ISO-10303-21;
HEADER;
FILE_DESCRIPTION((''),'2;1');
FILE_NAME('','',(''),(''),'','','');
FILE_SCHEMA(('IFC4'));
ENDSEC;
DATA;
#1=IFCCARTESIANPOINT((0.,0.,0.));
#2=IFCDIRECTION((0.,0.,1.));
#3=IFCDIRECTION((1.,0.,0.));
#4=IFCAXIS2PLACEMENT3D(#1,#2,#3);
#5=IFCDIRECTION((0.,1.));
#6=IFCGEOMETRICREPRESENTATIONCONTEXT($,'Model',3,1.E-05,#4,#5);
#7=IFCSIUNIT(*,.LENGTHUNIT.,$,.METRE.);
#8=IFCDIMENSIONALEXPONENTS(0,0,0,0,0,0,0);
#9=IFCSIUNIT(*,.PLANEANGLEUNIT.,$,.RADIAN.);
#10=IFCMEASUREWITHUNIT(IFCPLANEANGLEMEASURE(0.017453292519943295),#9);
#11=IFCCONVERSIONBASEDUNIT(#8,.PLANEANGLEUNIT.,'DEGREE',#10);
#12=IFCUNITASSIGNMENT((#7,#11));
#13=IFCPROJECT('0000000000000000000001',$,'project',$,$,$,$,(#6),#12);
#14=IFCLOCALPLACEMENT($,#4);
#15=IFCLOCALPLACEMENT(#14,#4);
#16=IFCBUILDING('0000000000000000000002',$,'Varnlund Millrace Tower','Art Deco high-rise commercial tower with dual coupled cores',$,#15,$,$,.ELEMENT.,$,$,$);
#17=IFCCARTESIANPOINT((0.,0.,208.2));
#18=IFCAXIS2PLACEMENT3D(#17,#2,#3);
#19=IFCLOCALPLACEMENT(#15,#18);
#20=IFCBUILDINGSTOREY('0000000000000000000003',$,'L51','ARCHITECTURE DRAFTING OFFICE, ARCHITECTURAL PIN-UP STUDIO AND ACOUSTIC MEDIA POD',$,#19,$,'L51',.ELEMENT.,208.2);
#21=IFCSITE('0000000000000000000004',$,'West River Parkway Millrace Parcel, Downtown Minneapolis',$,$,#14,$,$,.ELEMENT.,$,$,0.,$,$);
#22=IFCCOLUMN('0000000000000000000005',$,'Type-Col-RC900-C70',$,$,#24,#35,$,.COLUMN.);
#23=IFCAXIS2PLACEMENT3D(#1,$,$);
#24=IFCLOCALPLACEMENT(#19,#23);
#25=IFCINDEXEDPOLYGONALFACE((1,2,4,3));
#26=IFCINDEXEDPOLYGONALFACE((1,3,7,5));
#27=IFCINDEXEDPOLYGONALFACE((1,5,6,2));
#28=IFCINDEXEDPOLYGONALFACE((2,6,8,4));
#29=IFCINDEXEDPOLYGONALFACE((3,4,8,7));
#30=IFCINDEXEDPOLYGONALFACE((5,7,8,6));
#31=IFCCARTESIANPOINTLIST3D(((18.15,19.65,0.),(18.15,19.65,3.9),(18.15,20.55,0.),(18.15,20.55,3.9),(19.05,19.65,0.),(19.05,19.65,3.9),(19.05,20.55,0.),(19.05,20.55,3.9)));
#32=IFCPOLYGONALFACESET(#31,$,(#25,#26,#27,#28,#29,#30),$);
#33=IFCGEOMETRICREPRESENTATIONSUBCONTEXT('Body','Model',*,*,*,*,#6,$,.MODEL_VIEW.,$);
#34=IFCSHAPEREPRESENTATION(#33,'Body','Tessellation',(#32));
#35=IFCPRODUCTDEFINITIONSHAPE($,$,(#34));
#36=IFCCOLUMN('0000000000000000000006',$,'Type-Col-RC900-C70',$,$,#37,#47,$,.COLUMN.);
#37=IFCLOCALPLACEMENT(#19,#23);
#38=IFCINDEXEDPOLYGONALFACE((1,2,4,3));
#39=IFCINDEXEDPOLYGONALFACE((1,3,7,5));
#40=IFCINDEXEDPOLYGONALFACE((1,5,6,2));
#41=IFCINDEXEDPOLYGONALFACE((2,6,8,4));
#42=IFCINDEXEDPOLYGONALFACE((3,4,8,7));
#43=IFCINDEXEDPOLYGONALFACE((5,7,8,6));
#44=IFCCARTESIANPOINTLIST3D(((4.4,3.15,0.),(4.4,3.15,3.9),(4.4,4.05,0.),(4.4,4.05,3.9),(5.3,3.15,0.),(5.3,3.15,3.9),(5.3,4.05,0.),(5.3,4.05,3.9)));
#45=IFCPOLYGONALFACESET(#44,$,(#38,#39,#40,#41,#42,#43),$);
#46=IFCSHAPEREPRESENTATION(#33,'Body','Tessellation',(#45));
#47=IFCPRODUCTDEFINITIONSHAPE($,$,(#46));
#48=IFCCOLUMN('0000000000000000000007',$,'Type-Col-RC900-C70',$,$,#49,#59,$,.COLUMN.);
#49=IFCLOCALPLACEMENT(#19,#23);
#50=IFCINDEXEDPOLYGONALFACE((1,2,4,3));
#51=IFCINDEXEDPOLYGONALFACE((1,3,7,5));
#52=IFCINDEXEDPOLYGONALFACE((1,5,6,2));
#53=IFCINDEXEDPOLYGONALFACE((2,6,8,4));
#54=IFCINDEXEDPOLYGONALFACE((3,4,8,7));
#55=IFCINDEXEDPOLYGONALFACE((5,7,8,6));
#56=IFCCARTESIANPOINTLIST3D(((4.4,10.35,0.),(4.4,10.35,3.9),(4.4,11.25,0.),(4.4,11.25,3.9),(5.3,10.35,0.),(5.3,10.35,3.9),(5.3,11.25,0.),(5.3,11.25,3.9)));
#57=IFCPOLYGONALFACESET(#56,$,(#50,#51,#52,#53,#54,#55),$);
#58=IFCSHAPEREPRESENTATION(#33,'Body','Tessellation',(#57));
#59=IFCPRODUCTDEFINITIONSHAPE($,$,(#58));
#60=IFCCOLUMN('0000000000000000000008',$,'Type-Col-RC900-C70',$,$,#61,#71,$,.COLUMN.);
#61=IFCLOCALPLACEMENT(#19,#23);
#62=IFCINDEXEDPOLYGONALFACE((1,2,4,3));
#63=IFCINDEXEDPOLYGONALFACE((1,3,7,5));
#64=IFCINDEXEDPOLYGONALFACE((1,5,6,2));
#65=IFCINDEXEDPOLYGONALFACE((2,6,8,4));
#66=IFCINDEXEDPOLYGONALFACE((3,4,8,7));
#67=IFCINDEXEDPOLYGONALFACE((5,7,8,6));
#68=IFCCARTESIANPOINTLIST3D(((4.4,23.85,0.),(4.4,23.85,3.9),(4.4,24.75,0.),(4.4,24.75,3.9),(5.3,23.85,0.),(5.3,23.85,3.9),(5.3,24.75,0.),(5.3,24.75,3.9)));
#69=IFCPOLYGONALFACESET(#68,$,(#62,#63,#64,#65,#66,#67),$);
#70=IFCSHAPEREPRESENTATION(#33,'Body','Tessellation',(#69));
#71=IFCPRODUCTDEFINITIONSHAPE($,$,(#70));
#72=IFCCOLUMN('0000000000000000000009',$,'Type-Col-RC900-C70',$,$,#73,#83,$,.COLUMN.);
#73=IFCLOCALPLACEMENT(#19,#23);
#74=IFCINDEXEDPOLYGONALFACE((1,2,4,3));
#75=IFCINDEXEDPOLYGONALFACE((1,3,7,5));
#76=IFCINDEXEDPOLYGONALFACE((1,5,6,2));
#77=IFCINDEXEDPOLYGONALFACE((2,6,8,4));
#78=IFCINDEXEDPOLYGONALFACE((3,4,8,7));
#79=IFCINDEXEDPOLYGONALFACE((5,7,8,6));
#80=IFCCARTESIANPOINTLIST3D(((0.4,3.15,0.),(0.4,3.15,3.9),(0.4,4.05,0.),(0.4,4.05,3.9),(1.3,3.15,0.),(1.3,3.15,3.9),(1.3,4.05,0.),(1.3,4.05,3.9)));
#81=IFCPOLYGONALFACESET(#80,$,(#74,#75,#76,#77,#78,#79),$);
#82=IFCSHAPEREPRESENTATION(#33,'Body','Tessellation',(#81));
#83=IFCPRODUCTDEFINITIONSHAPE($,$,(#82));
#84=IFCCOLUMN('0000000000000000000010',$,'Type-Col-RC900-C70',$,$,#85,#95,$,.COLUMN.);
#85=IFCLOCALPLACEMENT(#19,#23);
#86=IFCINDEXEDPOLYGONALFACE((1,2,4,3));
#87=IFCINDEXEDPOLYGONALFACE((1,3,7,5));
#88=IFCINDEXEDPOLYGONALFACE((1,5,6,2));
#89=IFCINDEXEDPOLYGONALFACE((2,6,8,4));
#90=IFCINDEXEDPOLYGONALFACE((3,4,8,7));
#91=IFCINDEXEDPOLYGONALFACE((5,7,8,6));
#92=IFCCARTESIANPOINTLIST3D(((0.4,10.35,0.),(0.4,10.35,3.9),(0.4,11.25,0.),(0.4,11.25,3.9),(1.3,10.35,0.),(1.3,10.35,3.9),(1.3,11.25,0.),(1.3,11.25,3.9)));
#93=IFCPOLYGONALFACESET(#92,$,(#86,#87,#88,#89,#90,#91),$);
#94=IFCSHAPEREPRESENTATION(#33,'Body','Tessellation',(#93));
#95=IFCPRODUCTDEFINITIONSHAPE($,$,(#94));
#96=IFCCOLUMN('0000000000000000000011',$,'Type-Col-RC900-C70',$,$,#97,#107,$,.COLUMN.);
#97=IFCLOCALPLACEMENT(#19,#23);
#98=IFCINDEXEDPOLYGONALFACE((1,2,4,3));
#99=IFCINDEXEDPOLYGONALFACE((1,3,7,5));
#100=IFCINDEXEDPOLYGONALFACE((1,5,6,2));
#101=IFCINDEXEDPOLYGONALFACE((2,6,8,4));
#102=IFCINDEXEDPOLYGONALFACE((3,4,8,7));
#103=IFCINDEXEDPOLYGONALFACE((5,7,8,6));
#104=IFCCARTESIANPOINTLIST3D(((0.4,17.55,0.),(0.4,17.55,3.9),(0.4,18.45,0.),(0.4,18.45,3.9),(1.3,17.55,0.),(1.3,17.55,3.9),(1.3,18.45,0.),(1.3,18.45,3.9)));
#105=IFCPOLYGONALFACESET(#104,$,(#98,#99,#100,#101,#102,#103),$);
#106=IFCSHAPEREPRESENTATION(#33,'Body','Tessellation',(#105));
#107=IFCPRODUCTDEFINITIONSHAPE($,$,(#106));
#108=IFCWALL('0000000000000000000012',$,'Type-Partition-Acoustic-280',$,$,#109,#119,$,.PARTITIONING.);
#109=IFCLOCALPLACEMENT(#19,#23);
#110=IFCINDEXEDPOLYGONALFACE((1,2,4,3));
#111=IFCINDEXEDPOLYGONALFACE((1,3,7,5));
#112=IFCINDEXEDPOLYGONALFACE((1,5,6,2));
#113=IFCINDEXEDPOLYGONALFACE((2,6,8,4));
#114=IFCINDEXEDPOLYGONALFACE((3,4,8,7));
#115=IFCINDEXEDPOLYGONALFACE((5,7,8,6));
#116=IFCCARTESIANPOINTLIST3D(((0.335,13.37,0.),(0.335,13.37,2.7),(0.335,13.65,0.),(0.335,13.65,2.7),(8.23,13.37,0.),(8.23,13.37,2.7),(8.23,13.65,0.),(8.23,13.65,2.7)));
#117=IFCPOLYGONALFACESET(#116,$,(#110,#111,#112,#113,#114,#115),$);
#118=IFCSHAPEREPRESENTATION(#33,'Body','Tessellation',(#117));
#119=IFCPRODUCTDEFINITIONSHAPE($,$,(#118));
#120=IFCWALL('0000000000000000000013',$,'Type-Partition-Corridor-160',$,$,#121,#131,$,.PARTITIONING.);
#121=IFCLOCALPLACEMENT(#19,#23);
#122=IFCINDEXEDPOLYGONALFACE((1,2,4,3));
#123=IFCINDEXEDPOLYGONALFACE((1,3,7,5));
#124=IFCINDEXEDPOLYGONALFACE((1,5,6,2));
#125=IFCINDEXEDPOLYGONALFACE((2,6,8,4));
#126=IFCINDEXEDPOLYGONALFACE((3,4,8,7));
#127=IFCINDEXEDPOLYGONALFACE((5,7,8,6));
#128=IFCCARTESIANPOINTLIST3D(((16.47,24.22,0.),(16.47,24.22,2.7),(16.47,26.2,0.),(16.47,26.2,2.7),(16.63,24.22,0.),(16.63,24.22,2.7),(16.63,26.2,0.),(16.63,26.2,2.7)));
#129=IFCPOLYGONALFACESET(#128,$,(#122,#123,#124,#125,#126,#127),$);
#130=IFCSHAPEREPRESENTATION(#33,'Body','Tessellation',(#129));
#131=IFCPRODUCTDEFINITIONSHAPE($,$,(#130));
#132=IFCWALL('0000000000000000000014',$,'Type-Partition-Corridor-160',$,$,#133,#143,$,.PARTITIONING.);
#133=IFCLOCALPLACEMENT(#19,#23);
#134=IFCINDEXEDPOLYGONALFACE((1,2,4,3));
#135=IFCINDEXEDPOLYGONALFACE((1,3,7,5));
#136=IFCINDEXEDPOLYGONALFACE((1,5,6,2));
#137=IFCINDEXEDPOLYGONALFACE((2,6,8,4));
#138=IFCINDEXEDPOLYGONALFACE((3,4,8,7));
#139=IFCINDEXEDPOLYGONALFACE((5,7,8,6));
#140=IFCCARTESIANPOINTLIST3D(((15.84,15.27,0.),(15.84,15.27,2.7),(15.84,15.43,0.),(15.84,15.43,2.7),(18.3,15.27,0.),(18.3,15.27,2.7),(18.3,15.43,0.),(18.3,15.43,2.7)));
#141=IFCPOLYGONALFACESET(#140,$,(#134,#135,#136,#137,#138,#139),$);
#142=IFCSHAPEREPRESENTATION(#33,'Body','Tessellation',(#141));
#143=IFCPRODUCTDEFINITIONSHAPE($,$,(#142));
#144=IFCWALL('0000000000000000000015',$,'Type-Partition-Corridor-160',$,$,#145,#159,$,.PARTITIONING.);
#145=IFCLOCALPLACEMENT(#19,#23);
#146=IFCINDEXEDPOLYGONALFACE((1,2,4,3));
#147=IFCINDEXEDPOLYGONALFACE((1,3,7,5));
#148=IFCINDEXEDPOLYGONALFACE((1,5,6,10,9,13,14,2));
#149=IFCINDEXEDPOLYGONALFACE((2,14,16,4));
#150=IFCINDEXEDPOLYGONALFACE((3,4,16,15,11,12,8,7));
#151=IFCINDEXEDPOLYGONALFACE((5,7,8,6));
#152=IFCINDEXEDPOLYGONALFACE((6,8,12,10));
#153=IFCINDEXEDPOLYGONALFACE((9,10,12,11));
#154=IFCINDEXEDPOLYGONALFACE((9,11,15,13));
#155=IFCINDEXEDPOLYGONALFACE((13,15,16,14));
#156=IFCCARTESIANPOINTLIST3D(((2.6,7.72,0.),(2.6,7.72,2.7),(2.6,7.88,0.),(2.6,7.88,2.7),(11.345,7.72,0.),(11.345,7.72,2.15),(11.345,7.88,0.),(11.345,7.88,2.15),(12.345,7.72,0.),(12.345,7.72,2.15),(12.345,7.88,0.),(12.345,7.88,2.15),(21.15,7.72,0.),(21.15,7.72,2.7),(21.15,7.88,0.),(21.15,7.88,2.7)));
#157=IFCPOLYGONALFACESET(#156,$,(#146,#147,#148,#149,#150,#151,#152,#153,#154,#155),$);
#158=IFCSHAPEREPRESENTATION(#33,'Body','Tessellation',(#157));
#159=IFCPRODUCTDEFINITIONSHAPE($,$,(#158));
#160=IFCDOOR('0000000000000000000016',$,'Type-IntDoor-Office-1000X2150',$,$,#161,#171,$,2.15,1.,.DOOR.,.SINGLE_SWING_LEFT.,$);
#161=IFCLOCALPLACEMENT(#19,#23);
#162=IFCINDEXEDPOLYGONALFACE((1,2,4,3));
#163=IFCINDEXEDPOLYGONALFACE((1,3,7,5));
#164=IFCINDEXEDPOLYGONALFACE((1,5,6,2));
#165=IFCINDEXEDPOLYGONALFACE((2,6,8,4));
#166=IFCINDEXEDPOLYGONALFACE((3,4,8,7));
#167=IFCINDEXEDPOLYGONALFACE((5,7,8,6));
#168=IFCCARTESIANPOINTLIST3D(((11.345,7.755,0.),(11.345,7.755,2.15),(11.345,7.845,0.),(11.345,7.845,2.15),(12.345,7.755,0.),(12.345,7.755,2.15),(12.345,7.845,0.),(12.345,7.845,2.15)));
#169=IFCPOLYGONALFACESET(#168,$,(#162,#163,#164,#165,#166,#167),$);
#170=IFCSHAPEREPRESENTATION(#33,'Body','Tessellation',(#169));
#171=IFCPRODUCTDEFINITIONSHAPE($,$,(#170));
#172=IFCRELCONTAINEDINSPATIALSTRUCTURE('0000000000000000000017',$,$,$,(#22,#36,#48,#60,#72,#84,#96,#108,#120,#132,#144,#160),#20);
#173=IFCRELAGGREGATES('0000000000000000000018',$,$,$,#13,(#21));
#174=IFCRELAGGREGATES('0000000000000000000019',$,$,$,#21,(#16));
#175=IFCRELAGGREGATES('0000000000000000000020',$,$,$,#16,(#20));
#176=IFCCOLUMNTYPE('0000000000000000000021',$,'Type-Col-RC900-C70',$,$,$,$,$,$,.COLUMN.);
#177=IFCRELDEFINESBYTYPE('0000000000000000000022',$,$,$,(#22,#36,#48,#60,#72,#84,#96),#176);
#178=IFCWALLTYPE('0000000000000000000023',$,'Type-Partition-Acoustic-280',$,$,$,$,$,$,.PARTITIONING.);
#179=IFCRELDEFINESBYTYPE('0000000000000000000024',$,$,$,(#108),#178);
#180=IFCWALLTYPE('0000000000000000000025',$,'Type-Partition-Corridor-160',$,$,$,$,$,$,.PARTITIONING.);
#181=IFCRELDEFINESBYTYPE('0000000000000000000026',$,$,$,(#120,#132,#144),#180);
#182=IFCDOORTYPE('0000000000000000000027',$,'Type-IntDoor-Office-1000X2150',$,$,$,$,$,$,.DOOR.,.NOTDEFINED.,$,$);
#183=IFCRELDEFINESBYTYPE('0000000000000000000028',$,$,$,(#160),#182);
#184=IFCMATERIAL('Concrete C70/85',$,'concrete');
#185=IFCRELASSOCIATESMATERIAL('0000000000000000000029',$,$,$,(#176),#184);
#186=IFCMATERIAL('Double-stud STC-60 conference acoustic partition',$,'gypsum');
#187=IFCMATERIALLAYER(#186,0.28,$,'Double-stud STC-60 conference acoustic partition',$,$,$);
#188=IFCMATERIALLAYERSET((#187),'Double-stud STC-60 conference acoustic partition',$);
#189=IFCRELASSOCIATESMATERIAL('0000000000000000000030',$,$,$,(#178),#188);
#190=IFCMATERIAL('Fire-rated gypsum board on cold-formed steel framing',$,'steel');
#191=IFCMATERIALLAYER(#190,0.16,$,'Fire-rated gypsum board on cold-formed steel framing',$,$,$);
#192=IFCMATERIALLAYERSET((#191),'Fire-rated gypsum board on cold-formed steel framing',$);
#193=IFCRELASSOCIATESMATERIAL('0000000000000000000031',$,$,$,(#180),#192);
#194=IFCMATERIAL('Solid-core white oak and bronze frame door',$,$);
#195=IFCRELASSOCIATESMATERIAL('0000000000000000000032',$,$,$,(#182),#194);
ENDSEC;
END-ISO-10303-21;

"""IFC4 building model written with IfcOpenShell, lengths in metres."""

from ifc_helpers import new_model, entity, si_unit, converted_unit, direction, frame, origin_with_axes, origin_2d_with_axis, place, context, subcontext, project, spatial, polyline, rectangle, outline, extrude, material, layer, layer_set, material_profile, profile_set, type_object, element, fill, save


model = new_model("IFC4")

# Units and contexts
model_context = context("Model", 3, precision=1e-05, world=origin_with_axes(), true_north=direction((0.0, 1.0)))
body_context = subcontext(model_context, "Body", "Model", "MODEL_VIEW")
ifc_project = project(units=[si_unit("LENGTHUNIT", "METRE"), converted_unit("PLANEANGLEUNIT", "DEGREE", entity("IfcPlaneAngleMeasure", 0.017453292519943295), si_unit("PLANEANGLEUNIT", "RADIAN"), dimensions=[0, 0, 0, 0, 0, 0, 0])], contexts=[model_context])

# Site, building, storey
site_placement = place(None, origin_with_axes())
site = spatial("IfcSite", under=ifc_project, at=site_placement, Name="West River Parkway Millrace Parcel, Downtown Minneapolis", CompositionType="ELEMENT", RefElevation=0.0)
building_placement = place(site_placement, origin_with_axes())
building = spatial("IfcBuilding", under=site, at=building_placement, Name="Varnlund Millrace Tower", Description="Art Deco high-rise commercial tower with dual coupled cores", CompositionType="ELEMENT")
storey_placement = place(building_placement, frame((0.0, 0.0, 208.2), z_axis=(0.0, 0.0, 1.0), x_axis=(1.0, 0.0, 0.0)))
storey = spatial("IfcBuildingStorey", under=building, at=storey_placement, Name="L51", Description="ARCHITECTURE DRAFTING OFFICE, ARCHITECTURAL PIN-UP STUDIO AND ACOUSTIC MEDIA POD", LongName="L51", CompositionType="ELEMENT", Elevation=208.2)

# Columns
ifc_material_1 = material(Name="Concrete C70/85", Category="concrete")
ifc_material_profile = material_profile(ifc_material_1, rectangle(XDim=0.9, YDim=0.9, at=origin_2d_with_axis()), Name="Concrete C70/85")
ifc_profile_set = profile_set([ifc_material_profile], Name="Concrete C70/85")
column_type = type_object("IfcColumnType", Name="Type-Col-RC900-C70", PredefinedType="COLUMN", material=ifc_profile_set)
for number, where, z_axis, x_axis, name in (
    (1, (18.6, 20.1, 0.0), (0.0, 0.0, 1.0), (1.0, 0.0, 0.0), "Type-Col-RC900-C70"),
    (2, (4.85, 3.6, 0.0), (0.0, 0.0, 1.0), (1.0, 0.0, 0.0), "Type-Col-RC900-C70"),
    (3, (4.85, 10.8, 0.0), (0.0, 0.0, 1.0), (1.0, 0.0, 0.0), "Type-Col-RC900-C70"),
    (4, (4.85, 24.3, 0.0), (0.0, 0.0, 1.0), (1.0, 0.0, 0.0), "Type-Col-RC900-C70"),
    (5, (0.85, 3.6, 0.0), (0.0, 0.0, 1.0), (1.0, 0.0, 0.0), "Type-Col-RC900-C70"),
    (6, (0.85, 10.8, 0.0), (0.0, 0.0, 1.0), (1.0, 0.0, 0.0), "Type-Col-RC900-C70"),
    (7, (0.85, 18.0, 0.0), (0.0, 0.0, 1.0), (1.0, 0.0, 0.0), "Type-Col-RC900-C70"),
):
    element("IfcColumn", number, at=place(storey_placement, frame(where, z_axis=z_axis, x_axis=x_axis)), inside=storey, type_object=column_type, Name=name, PredefinedType="COLUMN", context=body_context, shape_type="SweptSolid", body=[
        extrude(rectangle(XDim=0.9, YDim=0.9, at=origin_2d_with_axis()), origin_with_axes(), (0.0, 0.0, 1.0), 3.9),
    ])

# Walls
ifc_material_2 = material(Name="Double-stud STC-60 conference acoustic partition", Category="gypsum")
ifc_layer_1 = layer(ifc_material_2, 0.28, Name="Double-stud STC-60 conference acoustic partition")
ifc_layer_set_1 = layer_set([ifc_layer_1], Name="Double-stud STC-60 conference acoustic partition")
wall_type_1 = type_object("IfcWallType", Name="Type-Partition-Acoustic-280", PredefinedType="PARTITIONING", material=ifc_layer_set_1)
wall_1_placement = place(storey_placement, frame((0.335, 13.51, 0.0), z_axis=(0.0, 0.0, 1.0), x_axis=(1.0, 0.0, 0.0)))
element("IfcWall", 8, at=wall_1_placement, inside=storey, type_object=wall_type_1, Name="Type-Partition-Acoustic-280", PredefinedType="PARTITIONING", context=body_context, shape_type="SweptSolid", body=[
    extrude(outline(polyline([(0.0, -0.14), (7.895, -0.14), (7.895, 0.14), (0.0, 0.14), (0.0, -0.14)])), origin_with_axes(), (0.0, 0.0, 1.0), 2.7),
])
ifc_material_3 = material(Name="Fire-rated gypsum board on cold-formed steel framing", Category="steel")
ifc_layer_2 = layer(ifc_material_3, 0.16, Name="Fire-rated gypsum board on cold-formed steel framing")
ifc_layer_set_2 = layer_set([ifc_layer_2], Name="Fire-rated gypsum board on cold-formed steel framing")
wall_type_2 = type_object("IfcWallType", Name="Type-Partition-Corridor-160", PredefinedType="PARTITIONING", material=ifc_layer_set_2)
wall_2_placement = place(storey_placement, frame((16.55, 24.22, 0.0), z_axis=(0.0, 0.0, 1.0), x_axis=(0.0, 1.0, 0.0)))
element("IfcWall", 9, at=wall_2_placement, inside=storey, type_object=wall_type_2, Name="Type-Partition-Corridor-160", PredefinedType="PARTITIONING", context=body_context, shape_type="SweptSolid", body=[
    extrude(outline(polyline([(0.0, -0.08), (1.98, -0.08), (1.98, 0.08), (0.0, 0.08), (0.0, -0.08)])), origin_with_axes(), (0.0, 0.0, 1.0), 2.7),
])
wall_3_placement = place(storey_placement, frame((15.84, 15.35, 0.0), z_axis=(0.0, 0.0, 1.0), x_axis=(1.0, 0.0, 0.0)))
element("IfcWall", 10, at=wall_3_placement, inside=storey, type_object=wall_type_2, Name="Type-Partition-Corridor-160", PredefinedType="PARTITIONING", context=body_context, shape_type="SweptSolid", body=[
    extrude(outline(polyline([(0.0, -0.08), (2.46, -0.08), (2.46, 0.08), (0.0, 0.08), (0.0, -0.08)])), origin_with_axes(), (0.0, 0.0, 1.0), 2.7),
])

# Wall, opening, door
wall_4_placement = place(storey_placement, frame((2.6, 7.8, 0.0), z_axis=(0.0, 0.0, 1.0), x_axis=(1.0, 0.0, 0.0)))
wall_4 = element("IfcWall", 11, at=wall_4_placement, inside=storey, type_object=wall_type_2, Name="Type-Partition-Corridor-160", PredefinedType="PARTITIONING", context=body_context, shape_type="SweptSolid", body=[
    extrude(outline(polyline([(0.0, -0.08), (18.55, -0.08), (18.55, 0.08), (0.0, 0.08), (0.0, -0.08)])), origin_with_axes(), (0.0, 0.0, 1.0), 2.7),
])
opening_1_placement = place(wall_4_placement, frame((9.245, 0.0, 0.0), z_axis=(0.0, 0.0, 1.0), x_axis=(1.0, 0.0, 0.0)))
opening_1 = element("IfcOpeningElement", 12, at=opening_1_placement, cuts=wall_4, PredefinedType="OPENING", context=body_context, shape_type="SweptSolid", body=[
    extrude(rectangle(XDim=1.0, YDim=0.18, at=origin_2d_with_axis()), origin_with_axes(), (0.0, 0.0, 1.0), 2.15),
])
ifc_material_4 = material(Name="Solid-core white oak and bronze frame door")
door_type_1 = type_object("IfcDoorType", Name="Type-IntDoor-Office-1000X2150", OperationType="NOTDEFINED", PredefinedType="DOOR", material=ifc_material_4)
door_1_placement = place(wall_4_placement, frame((9.245, 0.0, 0.0), z_axis=(0.0, 0.0, 1.0), x_axis=(1.0, 0.0, 0.0)))
door_1 = element("IfcDoor", 13, at=door_1_placement, inside=storey, type_object=door_type_1, Name="Type-IntDoor-Office-1000X2150", OperationType="SINGLE_SWING_LEFT", OverallHeight=2.15, OverallWidth=1.0, PredefinedType="DOOR", context=body_context, shape_type="SweptSolid", body=[
    extrude(rectangle(XDim=1.0, YDim=0.09, at=origin_2d_with_axis()), origin_with_axes(), (0.0, 0.0, 1.0), 2.15),
])
fill(opening_1, door_1)

save(model, "model.ifc")
